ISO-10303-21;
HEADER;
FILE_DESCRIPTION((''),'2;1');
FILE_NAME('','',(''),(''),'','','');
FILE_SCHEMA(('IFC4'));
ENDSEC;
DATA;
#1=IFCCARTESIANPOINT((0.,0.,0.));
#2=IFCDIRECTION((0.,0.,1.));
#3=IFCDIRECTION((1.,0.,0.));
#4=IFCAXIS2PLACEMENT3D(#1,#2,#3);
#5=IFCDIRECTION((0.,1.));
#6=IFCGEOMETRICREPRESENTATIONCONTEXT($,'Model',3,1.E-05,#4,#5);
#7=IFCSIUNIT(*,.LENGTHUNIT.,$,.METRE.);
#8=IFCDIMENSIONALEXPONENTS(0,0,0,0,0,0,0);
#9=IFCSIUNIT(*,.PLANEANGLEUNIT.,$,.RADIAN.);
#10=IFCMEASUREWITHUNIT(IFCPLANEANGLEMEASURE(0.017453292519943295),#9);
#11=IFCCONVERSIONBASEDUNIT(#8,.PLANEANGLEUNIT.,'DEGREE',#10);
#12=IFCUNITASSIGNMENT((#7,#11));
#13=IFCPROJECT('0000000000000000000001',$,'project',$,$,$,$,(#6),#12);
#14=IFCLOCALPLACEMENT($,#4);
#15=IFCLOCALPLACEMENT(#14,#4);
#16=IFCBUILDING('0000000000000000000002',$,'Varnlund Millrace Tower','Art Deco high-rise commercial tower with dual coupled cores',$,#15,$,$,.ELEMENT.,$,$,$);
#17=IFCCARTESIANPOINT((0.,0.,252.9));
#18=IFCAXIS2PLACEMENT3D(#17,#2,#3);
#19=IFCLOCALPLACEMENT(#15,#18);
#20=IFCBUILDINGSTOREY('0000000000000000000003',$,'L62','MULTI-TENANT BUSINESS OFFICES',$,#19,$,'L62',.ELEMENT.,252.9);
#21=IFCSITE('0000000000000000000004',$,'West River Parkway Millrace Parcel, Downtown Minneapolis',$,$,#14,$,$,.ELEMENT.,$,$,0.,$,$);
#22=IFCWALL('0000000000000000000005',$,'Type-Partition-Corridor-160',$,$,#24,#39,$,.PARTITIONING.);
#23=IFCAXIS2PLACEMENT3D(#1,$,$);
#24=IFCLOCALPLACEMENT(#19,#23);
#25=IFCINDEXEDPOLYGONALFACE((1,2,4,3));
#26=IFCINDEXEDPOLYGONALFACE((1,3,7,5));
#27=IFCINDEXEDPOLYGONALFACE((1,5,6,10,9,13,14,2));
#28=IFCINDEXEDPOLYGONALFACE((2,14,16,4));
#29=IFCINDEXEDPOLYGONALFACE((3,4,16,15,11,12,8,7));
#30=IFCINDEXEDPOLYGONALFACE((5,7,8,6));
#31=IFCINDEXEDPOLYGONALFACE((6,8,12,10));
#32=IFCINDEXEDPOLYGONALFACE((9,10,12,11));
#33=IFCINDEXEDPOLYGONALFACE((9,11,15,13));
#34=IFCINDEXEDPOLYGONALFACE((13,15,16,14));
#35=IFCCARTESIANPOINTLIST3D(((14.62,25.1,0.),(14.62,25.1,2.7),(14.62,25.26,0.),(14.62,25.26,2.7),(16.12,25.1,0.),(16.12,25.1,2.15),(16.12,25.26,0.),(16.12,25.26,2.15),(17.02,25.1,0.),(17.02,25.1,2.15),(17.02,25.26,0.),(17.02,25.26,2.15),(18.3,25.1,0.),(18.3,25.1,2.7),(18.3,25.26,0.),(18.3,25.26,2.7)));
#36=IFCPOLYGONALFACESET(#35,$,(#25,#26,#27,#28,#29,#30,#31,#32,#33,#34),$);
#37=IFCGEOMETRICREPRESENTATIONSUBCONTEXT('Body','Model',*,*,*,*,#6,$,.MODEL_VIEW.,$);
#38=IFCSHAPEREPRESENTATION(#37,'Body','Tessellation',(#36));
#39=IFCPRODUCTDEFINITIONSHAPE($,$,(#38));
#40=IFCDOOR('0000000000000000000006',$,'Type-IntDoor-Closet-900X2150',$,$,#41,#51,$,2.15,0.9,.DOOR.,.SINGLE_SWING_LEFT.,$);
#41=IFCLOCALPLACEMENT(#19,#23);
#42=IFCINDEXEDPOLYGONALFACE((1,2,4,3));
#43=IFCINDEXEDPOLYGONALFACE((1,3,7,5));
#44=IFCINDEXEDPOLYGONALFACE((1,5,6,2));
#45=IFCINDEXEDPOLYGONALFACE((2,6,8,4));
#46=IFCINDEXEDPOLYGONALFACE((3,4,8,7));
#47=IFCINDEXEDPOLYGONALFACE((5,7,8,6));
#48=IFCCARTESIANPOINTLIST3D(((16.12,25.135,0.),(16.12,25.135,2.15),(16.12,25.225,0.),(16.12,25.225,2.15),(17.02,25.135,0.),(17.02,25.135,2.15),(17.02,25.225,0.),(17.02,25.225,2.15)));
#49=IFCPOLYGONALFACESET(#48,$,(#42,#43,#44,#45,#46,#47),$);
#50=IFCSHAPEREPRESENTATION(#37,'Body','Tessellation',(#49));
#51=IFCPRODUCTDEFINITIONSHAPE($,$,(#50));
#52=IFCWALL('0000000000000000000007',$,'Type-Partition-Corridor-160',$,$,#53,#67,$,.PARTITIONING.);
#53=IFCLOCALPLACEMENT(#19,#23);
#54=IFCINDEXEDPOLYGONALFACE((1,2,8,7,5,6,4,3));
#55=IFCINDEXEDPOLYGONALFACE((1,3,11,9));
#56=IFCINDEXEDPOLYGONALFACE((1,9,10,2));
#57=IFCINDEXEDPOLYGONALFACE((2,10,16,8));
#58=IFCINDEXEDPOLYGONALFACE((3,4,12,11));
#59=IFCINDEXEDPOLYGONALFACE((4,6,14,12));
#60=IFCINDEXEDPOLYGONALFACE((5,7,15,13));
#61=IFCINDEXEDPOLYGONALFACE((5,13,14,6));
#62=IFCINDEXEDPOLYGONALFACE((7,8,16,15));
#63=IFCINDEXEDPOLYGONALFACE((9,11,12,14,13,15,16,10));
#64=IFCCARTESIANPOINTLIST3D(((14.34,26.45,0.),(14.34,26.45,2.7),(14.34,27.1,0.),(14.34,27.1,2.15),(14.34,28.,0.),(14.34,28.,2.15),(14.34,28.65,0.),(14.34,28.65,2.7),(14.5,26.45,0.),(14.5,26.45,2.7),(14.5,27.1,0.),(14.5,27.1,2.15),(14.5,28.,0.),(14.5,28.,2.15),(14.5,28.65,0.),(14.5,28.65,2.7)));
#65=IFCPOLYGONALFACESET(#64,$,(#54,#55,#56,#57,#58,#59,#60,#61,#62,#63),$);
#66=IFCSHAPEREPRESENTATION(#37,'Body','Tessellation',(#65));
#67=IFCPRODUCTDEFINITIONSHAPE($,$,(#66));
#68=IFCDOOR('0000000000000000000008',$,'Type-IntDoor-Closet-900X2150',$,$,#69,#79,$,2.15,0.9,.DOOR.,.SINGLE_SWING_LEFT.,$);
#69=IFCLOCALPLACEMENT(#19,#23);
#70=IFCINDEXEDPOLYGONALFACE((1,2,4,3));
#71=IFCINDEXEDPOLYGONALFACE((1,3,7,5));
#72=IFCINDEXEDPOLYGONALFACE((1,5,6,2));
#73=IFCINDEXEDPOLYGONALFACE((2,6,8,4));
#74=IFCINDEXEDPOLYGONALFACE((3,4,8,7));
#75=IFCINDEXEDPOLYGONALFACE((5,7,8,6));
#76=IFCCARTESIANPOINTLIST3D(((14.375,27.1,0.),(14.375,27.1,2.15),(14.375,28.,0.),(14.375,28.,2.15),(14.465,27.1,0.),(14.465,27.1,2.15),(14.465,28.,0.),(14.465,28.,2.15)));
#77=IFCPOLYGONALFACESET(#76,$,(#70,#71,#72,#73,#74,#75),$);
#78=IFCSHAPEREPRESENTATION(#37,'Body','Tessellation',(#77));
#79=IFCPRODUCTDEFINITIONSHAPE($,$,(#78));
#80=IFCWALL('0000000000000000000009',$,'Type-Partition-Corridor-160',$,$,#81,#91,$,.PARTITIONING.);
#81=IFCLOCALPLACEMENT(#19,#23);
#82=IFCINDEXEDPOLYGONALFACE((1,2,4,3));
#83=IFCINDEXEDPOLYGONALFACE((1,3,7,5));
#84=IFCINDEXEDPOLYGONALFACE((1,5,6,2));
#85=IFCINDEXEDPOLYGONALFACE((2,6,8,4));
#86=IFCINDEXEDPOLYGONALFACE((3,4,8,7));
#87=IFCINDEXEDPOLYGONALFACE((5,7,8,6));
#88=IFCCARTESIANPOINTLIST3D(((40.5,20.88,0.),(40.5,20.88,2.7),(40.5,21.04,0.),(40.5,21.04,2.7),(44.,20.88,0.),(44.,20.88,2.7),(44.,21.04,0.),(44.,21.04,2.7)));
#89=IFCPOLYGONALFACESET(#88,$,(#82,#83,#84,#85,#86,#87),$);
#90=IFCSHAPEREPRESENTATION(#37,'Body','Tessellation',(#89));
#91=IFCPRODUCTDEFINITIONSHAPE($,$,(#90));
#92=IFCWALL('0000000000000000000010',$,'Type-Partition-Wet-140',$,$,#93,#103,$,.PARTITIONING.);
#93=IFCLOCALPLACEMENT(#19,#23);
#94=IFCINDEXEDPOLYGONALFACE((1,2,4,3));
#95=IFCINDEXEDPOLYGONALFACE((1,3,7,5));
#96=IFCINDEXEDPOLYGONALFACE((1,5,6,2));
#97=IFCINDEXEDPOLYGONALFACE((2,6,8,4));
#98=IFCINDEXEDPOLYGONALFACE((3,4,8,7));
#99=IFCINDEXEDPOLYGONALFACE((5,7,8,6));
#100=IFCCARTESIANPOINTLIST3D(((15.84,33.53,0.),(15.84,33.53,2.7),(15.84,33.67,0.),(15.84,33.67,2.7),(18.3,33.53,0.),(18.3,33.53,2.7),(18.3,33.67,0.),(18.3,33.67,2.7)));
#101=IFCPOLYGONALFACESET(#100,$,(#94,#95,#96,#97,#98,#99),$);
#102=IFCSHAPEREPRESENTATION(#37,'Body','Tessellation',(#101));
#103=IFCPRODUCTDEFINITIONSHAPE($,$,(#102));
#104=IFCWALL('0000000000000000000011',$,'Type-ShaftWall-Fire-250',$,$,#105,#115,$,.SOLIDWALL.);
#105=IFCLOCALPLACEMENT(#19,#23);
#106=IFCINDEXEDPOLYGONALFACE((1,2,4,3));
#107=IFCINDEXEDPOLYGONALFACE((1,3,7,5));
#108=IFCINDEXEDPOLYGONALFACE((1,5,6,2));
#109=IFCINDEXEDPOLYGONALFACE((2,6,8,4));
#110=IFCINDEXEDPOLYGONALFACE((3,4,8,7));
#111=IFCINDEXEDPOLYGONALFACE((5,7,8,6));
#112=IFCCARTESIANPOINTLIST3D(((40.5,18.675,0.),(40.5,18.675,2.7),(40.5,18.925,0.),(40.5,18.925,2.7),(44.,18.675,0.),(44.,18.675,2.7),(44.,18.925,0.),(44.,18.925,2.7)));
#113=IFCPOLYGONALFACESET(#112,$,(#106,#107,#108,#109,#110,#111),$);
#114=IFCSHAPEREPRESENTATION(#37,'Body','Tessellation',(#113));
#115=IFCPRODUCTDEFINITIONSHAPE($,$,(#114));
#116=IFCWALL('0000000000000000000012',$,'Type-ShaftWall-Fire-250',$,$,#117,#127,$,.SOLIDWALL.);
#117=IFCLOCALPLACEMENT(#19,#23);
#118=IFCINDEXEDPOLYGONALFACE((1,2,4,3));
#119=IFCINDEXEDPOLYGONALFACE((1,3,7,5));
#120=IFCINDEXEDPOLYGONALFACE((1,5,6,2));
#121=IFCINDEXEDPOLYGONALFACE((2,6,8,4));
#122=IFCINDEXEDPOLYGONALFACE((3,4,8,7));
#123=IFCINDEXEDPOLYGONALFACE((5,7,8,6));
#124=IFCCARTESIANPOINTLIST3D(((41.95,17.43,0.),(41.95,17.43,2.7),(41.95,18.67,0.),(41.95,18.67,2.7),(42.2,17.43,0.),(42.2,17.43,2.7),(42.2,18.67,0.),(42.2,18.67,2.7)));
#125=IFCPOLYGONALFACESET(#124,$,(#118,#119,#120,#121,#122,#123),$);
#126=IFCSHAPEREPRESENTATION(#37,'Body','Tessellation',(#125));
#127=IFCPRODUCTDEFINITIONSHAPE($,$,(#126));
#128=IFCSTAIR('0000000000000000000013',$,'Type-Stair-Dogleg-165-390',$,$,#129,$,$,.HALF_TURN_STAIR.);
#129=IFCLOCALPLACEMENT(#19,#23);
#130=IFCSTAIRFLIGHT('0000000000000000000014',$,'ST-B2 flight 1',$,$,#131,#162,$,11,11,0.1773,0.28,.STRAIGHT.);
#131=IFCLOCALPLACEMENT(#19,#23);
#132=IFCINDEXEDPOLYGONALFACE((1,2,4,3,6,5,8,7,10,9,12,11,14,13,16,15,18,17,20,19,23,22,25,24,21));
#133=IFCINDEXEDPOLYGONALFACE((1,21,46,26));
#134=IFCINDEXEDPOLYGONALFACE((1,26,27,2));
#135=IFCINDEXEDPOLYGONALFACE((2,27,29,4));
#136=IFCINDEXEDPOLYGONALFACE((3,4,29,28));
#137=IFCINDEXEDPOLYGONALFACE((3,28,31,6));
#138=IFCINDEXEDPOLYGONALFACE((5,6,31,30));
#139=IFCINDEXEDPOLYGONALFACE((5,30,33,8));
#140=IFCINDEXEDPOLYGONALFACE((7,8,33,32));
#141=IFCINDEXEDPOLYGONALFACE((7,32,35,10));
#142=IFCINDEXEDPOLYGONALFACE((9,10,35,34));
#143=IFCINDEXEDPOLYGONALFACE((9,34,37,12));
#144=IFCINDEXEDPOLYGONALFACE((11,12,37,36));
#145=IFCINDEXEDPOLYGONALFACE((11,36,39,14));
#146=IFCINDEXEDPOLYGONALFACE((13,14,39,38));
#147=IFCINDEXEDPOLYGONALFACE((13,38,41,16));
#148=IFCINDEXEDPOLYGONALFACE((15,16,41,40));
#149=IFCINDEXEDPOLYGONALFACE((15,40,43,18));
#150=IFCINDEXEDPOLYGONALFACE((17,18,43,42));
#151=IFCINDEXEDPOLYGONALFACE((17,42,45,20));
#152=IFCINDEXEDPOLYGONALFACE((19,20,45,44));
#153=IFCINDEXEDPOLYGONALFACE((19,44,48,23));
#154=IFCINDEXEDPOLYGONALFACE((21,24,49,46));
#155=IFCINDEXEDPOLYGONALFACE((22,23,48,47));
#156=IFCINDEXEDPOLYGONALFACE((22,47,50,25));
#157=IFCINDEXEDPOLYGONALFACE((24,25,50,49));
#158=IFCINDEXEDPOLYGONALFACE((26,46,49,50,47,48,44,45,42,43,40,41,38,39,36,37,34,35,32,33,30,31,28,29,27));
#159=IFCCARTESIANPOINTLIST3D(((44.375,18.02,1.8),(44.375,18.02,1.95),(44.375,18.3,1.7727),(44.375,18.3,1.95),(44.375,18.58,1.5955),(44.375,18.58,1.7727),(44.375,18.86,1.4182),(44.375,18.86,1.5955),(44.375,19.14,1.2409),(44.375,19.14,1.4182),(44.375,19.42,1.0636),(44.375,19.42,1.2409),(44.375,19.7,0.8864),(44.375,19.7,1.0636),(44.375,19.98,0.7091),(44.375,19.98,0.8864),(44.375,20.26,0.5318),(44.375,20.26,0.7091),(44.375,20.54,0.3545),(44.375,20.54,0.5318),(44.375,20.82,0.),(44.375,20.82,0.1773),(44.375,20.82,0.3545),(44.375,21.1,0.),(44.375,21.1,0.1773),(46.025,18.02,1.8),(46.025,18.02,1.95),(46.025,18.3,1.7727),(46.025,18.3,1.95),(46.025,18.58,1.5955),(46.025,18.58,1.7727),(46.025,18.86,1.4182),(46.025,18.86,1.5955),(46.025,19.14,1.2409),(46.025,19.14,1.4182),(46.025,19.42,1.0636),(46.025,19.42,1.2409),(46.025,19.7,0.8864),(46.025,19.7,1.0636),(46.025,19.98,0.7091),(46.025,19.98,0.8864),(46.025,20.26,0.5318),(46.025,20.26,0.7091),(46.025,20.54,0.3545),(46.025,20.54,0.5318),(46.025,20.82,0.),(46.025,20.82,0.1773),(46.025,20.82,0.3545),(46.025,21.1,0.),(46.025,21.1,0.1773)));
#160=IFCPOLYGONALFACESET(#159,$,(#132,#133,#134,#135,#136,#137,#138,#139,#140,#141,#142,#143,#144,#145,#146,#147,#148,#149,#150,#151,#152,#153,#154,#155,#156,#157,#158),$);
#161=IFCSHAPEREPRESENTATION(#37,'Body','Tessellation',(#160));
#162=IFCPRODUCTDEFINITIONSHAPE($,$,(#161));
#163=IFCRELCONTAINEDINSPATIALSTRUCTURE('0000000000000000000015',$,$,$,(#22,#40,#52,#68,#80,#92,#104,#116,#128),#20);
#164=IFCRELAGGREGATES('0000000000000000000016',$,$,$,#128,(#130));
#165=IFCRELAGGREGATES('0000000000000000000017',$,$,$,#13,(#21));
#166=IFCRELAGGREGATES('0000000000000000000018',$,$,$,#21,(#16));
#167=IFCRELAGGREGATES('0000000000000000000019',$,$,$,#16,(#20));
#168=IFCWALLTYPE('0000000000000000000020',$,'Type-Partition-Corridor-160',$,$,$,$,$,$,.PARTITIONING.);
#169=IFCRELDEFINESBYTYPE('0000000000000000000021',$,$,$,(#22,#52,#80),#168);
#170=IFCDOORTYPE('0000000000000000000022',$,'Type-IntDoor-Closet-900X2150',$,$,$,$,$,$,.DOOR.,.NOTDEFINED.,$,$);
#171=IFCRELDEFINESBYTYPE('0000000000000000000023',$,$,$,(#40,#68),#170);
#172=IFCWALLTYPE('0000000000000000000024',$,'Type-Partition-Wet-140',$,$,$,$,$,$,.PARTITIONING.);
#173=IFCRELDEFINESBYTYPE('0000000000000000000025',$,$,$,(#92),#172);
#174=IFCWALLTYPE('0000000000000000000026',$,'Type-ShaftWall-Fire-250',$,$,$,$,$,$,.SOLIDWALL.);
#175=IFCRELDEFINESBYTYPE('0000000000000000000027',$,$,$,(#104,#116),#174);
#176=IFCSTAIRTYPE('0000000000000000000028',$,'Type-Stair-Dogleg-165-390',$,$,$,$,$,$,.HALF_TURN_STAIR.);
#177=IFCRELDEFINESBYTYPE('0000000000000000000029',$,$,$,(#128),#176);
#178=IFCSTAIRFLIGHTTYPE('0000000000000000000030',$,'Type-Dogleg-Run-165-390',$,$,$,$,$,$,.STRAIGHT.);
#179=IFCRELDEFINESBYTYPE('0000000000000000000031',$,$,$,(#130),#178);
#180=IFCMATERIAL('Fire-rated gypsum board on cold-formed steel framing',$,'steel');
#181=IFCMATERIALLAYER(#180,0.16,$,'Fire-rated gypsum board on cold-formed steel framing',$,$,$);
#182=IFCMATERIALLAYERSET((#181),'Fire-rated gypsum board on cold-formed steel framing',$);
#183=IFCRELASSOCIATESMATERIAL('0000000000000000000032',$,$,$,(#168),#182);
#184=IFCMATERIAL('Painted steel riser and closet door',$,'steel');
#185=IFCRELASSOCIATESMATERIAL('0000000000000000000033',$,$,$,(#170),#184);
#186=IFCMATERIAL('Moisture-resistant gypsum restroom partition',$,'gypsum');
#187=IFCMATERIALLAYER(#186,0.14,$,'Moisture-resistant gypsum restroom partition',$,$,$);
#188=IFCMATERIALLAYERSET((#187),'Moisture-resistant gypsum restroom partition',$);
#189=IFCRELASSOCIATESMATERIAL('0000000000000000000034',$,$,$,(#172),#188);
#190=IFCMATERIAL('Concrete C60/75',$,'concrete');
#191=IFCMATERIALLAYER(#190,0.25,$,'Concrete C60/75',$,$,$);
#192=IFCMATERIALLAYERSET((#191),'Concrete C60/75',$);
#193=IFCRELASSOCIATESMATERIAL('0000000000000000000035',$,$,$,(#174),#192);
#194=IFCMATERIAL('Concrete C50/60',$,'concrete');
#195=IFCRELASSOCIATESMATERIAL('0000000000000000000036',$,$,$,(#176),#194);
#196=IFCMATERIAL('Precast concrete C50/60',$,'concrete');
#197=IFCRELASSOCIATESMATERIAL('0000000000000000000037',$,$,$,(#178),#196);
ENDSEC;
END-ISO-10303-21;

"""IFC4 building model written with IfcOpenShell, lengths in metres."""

from ifc_helpers import new_model, entity, si_unit, converted_unit, direction, frame, origin_with_axes, origin_2d_with_axis, place, context, subcontext, project, spatial, polyline, rectangle, outline, extrude, material, layer, layer_set, type_object, element, fill, aggregate, save


model = new_model("IFC4")

# Units and contexts
model_context = context("Model", 3, precision=1e-05, world=origin_with_axes(), true_north=direction((0.0, 1.0)))
body_context = subcontext(model_context, "Body", "Model", "MODEL_VIEW")
ifc_project = project(units=[si_unit("LENGTHUNIT", "METRE"), converted_unit("PLANEANGLEUNIT", "DEGREE", entity("IfcPlaneAngleMeasure", 0.017453292519943295), si_unit("PLANEANGLEUNIT", "RADIAN"), dimensions=[0, 0, 0, 0, 0, 0, 0])], contexts=[model_context])

# Site, building, storey
site_placement = place(None, origin_with_axes())
site = spatial("IfcSite", under=ifc_project, at=site_placement, Name="West River Parkway Millrace Parcel, Downtown Minneapolis", CompositionType="ELEMENT", RefElevation=0.0)
building_placement = place(site_placement, origin_with_axes())
building = spatial("IfcBuilding", under=site, at=building_placement, Name="Varnlund Millrace Tower", Description="Art Deco high-rise commercial tower with dual coupled cores", CompositionType="ELEMENT")
storey_placement = place(building_placement, frame((0.0, 0.0, 252.9), z_axis=(0.0, 0.0, 1.0), x_axis=(1.0, 0.0, 0.0)))
storey = spatial("IfcBuildingStorey", under=building, at=storey_placement, Name="L62", Description="MULTI-TENANT BUSINESS OFFICES", LongName="L62", CompositionType="ELEMENT", Elevation=252.9)

# Shared definitions
ifc_material_1 = material(Name="Concrete C60/75", Category="concrete")

# Walls, openings, doors
ifc_material_2 = material(Name="Fire-rated gypsum board on cold-formed steel framing", Category="steel")
ifc_layer_1 = layer(ifc_material_2, 0.16, Name="Fire-rated gypsum board on cold-formed steel framing")
ifc_layer_set_1 = layer_set([ifc_layer_1], Name="Fire-rated gypsum board on cold-formed steel framing")
wall_type_1 = type_object("IfcWallType", Name="Type-Partition-Corridor-160", PredefinedType="PARTITIONING", material=ifc_layer_set_1)
wall_1_placement = place(storey_placement, frame((14.62, 25.18, 0.0), z_axis=(0.0, 0.0, 1.0), x_axis=(1.0, 0.0, 0.0)))
wall_1 = element("IfcWall", 1, at=wall_1_placement, inside=storey, type_object=wall_type_1, Name="Type-Partition-Corridor-160", PredefinedType="PARTITIONING", context=body_context, shape_type="SweptSolid", body=[
    extrude(outline(polyline([(0.0, -0.08), (3.68, -0.08), (3.68, 0.08), (0.0, 0.08), (0.0, -0.08)])), origin_with_axes(), (0.0, 0.0, 1.0), 2.7),
])
opening_1_placement = place(wall_1_placement, frame((1.95, 0.0, 0.0), z_axis=(0.0, 0.0, 1.0), x_axis=(1.0, 0.0, 0.0)))
opening_1 = element("IfcOpeningElement", 2, at=opening_1_placement, cuts=wall_1, PredefinedType="OPENING", context=body_context, shape_type="SweptSolid", body=[
    extrude(rectangle(XDim=0.9, YDim=0.18, at=origin_2d_with_axis()), origin_with_axes(), (0.0, 0.0, 1.0), 2.15),
])
ifc_material_3 = material(Name="Painted steel riser and closet door", Category="steel")
door_type = type_object("IfcDoorType", Name="Type-IntDoor-Closet-900X2150", OperationType="NOTDEFINED", PredefinedType="DOOR", material=ifc_material_3)
door_1_placement = place(wall_1_placement, frame((1.95, 0.0, 0.0), z_axis=(0.0, 0.0, 1.0), x_axis=(1.0, 0.0, 0.0)))
door_1 = element("IfcDoor", 3, at=door_1_placement, inside=storey, type_object=door_type, Name="Type-IntDoor-Closet-900X2150", OperationType="SINGLE_SWING_LEFT", OverallHeight=2.15, OverallWidth=0.9, PredefinedType="DOOR", context=body_context, shape_type="SweptSolid", body=[
    extrude(rectangle(XDim=0.9, YDim=0.09, at=origin_2d_with_axis()), origin_with_axes(), (0.0, 0.0, 1.0), 2.15),
])
fill(opening_1, door_1)
wall_2_placement = place(storey_placement, frame((14.42, 26.45, 0.0), z_axis=(0.0, 0.0, 1.0), x_axis=(0.0, 1.0, 0.0)))
wall_2 = element("IfcWall", 4, at=wall_2_placement, inside=storey, type_object=wall_type_1, Name="Type-Partition-Corridor-160", PredefinedType="PARTITIONING", context=body_context, shape_type="SweptSolid", body=[
    extrude(outline(polyline([(0.0, -0.08), (2.2, -0.08), (2.2, 0.08), (0.0, 0.08), (0.0, -0.08)])), origin_with_axes(), (0.0, 0.0, 1.0), 2.7),
])
opening_2_placement = place(wall_2_placement, frame((1.1, 0.0, 0.0), z_axis=(0.0, 0.0, 1.0), x_axis=(1.0, 0.0, 0.0)))
opening_2 = element("IfcOpeningElement", 5, at=opening_2_placement, cuts=wall_2, PredefinedType="OPENING", context=body_context, shape_type="SweptSolid", body=[
    extrude(rectangle(XDim=0.9, YDim=0.18, at=origin_2d_with_axis()), origin_with_axes(), (0.0, 0.0, 1.0), 2.15),
])
door_2_placement = place(wall_2_placement, frame((1.1, 0.0, 0.0), z_axis=(0.0, 0.0, 1.0), x_axis=(1.0, 0.0, 0.0)))
door_2 = element("IfcDoor", 6, at=door_2_placement, inside=storey, type_object=door_type, Name="Type-IntDoor-Closet-900X2150", OperationType="SINGLE_SWING_LEFT", OverallHeight=2.15, OverallWidth=0.9, PredefinedType="DOOR", context=body_context, shape_type="SweptSolid", body=[
    extrude(rectangle(XDim=0.9, YDim=0.09, at=origin_2d_with_axis()), origin_with_axes(), (0.0, 0.0, 1.0), 2.15),
])
fill(opening_2, door_2)

# Walls
wall_3_placement = place(storey_placement, frame((40.5, 20.96, 0.0), z_axis=(0.0, 0.0, 1.0), x_axis=(1.0, 0.0, 0.0)))
element("IfcWall", 7, at=wall_3_placement, inside=storey, type_object=wall_type_1, Name="Type-Partition-Corridor-160", PredefinedType="PARTITIONING", context=body_context, shape_type="SweptSolid", body=[
    extrude(outline(polyline([(0.0, -0.08), (3.5, -0.08), (3.5, 0.08), (0.0, 0.08), (0.0, -0.08)])), origin_with_axes(), (0.0, 0.0, 1.0), 2.7),
])
ifc_material_4 = material(Name="Moisture-resistant gypsum restroom partition", Category="gypsum")
ifc_layer_2 = layer(ifc_material_4, 0.14, Name="Moisture-resistant gypsum restroom partition")
ifc_layer_set_2 = layer_set([ifc_layer_2], Name="Moisture-resistant gypsum restroom partition")
wall_type_2 = type_object("IfcWallType", Name="Type-Partition-Wet-140", PredefinedType="PARTITIONING", material=ifc_layer_set_2)
wall_4_placement = place(storey_placement, frame((15.84, 33.6, 0.0), z_axis=(0.0, 0.0, 1.0), x_axis=(1.0, 0.0, 0.0)))
element("IfcWall", 8, at=wall_4_placement, inside=storey, type_object=wall_type_2, Name="Type-Partition-Wet-140", PredefinedType="PARTITIONING", context=body_context, shape_type="SweptSolid", body=[
    extrude(outline(polyline([(0.0, -0.07), (2.46, -0.07), (2.46, 0.07), (0.0, 0.07), (0.0, -0.07)])), origin_with_axes(), (0.0, 0.0, 1.0), 2.7),
])
ifc_layer_3 = layer(ifc_material_1, 0.25, Name="Concrete C60/75")
ifc_layer_set_3 = layer_set([ifc_layer_3], Name="Concrete C60/75")
wall_type_3 = type_object("IfcWallType", Name="Type-ShaftWall-Fire-250", PredefinedType="SOLIDWALL", material=ifc_layer_set_3)
wall_5_placement = place(storey_placement, frame((40.5, 18.8, 0.0), z_axis=(0.0, 0.0, 1.0), x_axis=(1.0, 0.0, 0.0)))
element("IfcWall", 9, at=wall_5_placement, inside=storey, type_object=wall_type_3, Name="Type-ShaftWall-Fire-250", PredefinedType="SOLIDWALL", context=body_context, shape_type="SweptSolid", body=[
    extrude(outline(polyline([(0.0, -0.125), (3.5, -0.125), (3.5, 0.125), (0.0, 0.125), (0.0, -0.125)])), origin_with_axes(), (0.0, 0.0, 1.0), 2.7),
])
wall_6_placement = place(storey_placement, frame((42.075, 17.43, 0.0), z_axis=(0.0, 0.0, 1.0), x_axis=(0.0, 1.0, 0.0)))
element("IfcWall", 10, at=wall_6_placement, inside=storey, type_object=wall_type_3, Name="Type-ShaftWall-Fire-250", PredefinedType="SOLIDWALL", context=body_context, shape_type="SweptSolid", body=[
    extrude(outline(polyline([(0.0, -0.125), (1.24, -0.125), (1.24, 0.125), (0.0, 0.125), (0.0, -0.125)])), origin_with_axes(), (0.0, 0.0, 1.0), 2.7),
])

# Stair, stair flight
ifc_material_5 = material(Name="Concrete C50/60", Category="concrete")
stair_type_1 = type_object("IfcStairType", Name="Type-Stair-Dogleg-165-390", PredefinedType="HALF_TURN_STAIR", material=ifc_material_5)
stair_1_placement = place(storey_placement, origin_with_axes())
stair_1 = element("IfcStair", 11, at=stair_1_placement, inside=storey, type_object=stair_type_1, Name="Type-Stair-Dogleg-165-390", PredefinedType="HALF_TURN_STAIR")
ifc_material_6 = material(Name="Precast concrete C50/60", Category="concrete")
stair_flight_type_1 = type_object("IfcStairFlightType", Name="Type-Dogleg-Run-165-390", PredefinedType="STRAIGHT", material=ifc_material_6)
stair_flight_1_placement = place(storey_placement, frame((46.025, 21.1, 0.0), z_axis=(-1.0, 0.0, 0.0), x_axis=(0.0, -1.0, 0.0)))
stair_flight_1 = element("IfcStairFlight", 12, at=stair_flight_1_placement, type_object=stair_flight_type_1, Name="ST-B2 flight 1", NumberOfRisers=11, NumberOfTreads=11, PredefinedType="STRAIGHT", RiserHeight=0.1773, TreadLength=0.28, context=body_context, shape_type="SweptSolid", body=[
    extrude(outline(polyline([(0.0, 0.0), (0.0, 0.1773), (0.28, 0.1773), (0.28, 0.3545), (0.56, 0.3545), (0.56, 0.5318), (0.84, 0.5318), (0.84, 0.7091), (1.12, 0.7091), (1.12, 0.8864), (1.4, 0.8864), (1.4, 1.0636), (1.68, 1.0636), (1.68, 1.2409), (1.96, 1.2409), (1.96, 1.4182), (2.24, 1.4182), (2.24, 1.5955), (2.52, 1.5955), (2.52, 1.7727), (2.8, 1.7727), (2.8, 1.95), (3.08, 1.95), (3.08, 1.8), (0.28, 0.0), (0.0, 0.0)])), origin_with_axes(), (0.0, 0.0, 1.0), 1.65),
])
aggregate(stair_1, [stair_flight_1])

save(model, "model.ifc")
